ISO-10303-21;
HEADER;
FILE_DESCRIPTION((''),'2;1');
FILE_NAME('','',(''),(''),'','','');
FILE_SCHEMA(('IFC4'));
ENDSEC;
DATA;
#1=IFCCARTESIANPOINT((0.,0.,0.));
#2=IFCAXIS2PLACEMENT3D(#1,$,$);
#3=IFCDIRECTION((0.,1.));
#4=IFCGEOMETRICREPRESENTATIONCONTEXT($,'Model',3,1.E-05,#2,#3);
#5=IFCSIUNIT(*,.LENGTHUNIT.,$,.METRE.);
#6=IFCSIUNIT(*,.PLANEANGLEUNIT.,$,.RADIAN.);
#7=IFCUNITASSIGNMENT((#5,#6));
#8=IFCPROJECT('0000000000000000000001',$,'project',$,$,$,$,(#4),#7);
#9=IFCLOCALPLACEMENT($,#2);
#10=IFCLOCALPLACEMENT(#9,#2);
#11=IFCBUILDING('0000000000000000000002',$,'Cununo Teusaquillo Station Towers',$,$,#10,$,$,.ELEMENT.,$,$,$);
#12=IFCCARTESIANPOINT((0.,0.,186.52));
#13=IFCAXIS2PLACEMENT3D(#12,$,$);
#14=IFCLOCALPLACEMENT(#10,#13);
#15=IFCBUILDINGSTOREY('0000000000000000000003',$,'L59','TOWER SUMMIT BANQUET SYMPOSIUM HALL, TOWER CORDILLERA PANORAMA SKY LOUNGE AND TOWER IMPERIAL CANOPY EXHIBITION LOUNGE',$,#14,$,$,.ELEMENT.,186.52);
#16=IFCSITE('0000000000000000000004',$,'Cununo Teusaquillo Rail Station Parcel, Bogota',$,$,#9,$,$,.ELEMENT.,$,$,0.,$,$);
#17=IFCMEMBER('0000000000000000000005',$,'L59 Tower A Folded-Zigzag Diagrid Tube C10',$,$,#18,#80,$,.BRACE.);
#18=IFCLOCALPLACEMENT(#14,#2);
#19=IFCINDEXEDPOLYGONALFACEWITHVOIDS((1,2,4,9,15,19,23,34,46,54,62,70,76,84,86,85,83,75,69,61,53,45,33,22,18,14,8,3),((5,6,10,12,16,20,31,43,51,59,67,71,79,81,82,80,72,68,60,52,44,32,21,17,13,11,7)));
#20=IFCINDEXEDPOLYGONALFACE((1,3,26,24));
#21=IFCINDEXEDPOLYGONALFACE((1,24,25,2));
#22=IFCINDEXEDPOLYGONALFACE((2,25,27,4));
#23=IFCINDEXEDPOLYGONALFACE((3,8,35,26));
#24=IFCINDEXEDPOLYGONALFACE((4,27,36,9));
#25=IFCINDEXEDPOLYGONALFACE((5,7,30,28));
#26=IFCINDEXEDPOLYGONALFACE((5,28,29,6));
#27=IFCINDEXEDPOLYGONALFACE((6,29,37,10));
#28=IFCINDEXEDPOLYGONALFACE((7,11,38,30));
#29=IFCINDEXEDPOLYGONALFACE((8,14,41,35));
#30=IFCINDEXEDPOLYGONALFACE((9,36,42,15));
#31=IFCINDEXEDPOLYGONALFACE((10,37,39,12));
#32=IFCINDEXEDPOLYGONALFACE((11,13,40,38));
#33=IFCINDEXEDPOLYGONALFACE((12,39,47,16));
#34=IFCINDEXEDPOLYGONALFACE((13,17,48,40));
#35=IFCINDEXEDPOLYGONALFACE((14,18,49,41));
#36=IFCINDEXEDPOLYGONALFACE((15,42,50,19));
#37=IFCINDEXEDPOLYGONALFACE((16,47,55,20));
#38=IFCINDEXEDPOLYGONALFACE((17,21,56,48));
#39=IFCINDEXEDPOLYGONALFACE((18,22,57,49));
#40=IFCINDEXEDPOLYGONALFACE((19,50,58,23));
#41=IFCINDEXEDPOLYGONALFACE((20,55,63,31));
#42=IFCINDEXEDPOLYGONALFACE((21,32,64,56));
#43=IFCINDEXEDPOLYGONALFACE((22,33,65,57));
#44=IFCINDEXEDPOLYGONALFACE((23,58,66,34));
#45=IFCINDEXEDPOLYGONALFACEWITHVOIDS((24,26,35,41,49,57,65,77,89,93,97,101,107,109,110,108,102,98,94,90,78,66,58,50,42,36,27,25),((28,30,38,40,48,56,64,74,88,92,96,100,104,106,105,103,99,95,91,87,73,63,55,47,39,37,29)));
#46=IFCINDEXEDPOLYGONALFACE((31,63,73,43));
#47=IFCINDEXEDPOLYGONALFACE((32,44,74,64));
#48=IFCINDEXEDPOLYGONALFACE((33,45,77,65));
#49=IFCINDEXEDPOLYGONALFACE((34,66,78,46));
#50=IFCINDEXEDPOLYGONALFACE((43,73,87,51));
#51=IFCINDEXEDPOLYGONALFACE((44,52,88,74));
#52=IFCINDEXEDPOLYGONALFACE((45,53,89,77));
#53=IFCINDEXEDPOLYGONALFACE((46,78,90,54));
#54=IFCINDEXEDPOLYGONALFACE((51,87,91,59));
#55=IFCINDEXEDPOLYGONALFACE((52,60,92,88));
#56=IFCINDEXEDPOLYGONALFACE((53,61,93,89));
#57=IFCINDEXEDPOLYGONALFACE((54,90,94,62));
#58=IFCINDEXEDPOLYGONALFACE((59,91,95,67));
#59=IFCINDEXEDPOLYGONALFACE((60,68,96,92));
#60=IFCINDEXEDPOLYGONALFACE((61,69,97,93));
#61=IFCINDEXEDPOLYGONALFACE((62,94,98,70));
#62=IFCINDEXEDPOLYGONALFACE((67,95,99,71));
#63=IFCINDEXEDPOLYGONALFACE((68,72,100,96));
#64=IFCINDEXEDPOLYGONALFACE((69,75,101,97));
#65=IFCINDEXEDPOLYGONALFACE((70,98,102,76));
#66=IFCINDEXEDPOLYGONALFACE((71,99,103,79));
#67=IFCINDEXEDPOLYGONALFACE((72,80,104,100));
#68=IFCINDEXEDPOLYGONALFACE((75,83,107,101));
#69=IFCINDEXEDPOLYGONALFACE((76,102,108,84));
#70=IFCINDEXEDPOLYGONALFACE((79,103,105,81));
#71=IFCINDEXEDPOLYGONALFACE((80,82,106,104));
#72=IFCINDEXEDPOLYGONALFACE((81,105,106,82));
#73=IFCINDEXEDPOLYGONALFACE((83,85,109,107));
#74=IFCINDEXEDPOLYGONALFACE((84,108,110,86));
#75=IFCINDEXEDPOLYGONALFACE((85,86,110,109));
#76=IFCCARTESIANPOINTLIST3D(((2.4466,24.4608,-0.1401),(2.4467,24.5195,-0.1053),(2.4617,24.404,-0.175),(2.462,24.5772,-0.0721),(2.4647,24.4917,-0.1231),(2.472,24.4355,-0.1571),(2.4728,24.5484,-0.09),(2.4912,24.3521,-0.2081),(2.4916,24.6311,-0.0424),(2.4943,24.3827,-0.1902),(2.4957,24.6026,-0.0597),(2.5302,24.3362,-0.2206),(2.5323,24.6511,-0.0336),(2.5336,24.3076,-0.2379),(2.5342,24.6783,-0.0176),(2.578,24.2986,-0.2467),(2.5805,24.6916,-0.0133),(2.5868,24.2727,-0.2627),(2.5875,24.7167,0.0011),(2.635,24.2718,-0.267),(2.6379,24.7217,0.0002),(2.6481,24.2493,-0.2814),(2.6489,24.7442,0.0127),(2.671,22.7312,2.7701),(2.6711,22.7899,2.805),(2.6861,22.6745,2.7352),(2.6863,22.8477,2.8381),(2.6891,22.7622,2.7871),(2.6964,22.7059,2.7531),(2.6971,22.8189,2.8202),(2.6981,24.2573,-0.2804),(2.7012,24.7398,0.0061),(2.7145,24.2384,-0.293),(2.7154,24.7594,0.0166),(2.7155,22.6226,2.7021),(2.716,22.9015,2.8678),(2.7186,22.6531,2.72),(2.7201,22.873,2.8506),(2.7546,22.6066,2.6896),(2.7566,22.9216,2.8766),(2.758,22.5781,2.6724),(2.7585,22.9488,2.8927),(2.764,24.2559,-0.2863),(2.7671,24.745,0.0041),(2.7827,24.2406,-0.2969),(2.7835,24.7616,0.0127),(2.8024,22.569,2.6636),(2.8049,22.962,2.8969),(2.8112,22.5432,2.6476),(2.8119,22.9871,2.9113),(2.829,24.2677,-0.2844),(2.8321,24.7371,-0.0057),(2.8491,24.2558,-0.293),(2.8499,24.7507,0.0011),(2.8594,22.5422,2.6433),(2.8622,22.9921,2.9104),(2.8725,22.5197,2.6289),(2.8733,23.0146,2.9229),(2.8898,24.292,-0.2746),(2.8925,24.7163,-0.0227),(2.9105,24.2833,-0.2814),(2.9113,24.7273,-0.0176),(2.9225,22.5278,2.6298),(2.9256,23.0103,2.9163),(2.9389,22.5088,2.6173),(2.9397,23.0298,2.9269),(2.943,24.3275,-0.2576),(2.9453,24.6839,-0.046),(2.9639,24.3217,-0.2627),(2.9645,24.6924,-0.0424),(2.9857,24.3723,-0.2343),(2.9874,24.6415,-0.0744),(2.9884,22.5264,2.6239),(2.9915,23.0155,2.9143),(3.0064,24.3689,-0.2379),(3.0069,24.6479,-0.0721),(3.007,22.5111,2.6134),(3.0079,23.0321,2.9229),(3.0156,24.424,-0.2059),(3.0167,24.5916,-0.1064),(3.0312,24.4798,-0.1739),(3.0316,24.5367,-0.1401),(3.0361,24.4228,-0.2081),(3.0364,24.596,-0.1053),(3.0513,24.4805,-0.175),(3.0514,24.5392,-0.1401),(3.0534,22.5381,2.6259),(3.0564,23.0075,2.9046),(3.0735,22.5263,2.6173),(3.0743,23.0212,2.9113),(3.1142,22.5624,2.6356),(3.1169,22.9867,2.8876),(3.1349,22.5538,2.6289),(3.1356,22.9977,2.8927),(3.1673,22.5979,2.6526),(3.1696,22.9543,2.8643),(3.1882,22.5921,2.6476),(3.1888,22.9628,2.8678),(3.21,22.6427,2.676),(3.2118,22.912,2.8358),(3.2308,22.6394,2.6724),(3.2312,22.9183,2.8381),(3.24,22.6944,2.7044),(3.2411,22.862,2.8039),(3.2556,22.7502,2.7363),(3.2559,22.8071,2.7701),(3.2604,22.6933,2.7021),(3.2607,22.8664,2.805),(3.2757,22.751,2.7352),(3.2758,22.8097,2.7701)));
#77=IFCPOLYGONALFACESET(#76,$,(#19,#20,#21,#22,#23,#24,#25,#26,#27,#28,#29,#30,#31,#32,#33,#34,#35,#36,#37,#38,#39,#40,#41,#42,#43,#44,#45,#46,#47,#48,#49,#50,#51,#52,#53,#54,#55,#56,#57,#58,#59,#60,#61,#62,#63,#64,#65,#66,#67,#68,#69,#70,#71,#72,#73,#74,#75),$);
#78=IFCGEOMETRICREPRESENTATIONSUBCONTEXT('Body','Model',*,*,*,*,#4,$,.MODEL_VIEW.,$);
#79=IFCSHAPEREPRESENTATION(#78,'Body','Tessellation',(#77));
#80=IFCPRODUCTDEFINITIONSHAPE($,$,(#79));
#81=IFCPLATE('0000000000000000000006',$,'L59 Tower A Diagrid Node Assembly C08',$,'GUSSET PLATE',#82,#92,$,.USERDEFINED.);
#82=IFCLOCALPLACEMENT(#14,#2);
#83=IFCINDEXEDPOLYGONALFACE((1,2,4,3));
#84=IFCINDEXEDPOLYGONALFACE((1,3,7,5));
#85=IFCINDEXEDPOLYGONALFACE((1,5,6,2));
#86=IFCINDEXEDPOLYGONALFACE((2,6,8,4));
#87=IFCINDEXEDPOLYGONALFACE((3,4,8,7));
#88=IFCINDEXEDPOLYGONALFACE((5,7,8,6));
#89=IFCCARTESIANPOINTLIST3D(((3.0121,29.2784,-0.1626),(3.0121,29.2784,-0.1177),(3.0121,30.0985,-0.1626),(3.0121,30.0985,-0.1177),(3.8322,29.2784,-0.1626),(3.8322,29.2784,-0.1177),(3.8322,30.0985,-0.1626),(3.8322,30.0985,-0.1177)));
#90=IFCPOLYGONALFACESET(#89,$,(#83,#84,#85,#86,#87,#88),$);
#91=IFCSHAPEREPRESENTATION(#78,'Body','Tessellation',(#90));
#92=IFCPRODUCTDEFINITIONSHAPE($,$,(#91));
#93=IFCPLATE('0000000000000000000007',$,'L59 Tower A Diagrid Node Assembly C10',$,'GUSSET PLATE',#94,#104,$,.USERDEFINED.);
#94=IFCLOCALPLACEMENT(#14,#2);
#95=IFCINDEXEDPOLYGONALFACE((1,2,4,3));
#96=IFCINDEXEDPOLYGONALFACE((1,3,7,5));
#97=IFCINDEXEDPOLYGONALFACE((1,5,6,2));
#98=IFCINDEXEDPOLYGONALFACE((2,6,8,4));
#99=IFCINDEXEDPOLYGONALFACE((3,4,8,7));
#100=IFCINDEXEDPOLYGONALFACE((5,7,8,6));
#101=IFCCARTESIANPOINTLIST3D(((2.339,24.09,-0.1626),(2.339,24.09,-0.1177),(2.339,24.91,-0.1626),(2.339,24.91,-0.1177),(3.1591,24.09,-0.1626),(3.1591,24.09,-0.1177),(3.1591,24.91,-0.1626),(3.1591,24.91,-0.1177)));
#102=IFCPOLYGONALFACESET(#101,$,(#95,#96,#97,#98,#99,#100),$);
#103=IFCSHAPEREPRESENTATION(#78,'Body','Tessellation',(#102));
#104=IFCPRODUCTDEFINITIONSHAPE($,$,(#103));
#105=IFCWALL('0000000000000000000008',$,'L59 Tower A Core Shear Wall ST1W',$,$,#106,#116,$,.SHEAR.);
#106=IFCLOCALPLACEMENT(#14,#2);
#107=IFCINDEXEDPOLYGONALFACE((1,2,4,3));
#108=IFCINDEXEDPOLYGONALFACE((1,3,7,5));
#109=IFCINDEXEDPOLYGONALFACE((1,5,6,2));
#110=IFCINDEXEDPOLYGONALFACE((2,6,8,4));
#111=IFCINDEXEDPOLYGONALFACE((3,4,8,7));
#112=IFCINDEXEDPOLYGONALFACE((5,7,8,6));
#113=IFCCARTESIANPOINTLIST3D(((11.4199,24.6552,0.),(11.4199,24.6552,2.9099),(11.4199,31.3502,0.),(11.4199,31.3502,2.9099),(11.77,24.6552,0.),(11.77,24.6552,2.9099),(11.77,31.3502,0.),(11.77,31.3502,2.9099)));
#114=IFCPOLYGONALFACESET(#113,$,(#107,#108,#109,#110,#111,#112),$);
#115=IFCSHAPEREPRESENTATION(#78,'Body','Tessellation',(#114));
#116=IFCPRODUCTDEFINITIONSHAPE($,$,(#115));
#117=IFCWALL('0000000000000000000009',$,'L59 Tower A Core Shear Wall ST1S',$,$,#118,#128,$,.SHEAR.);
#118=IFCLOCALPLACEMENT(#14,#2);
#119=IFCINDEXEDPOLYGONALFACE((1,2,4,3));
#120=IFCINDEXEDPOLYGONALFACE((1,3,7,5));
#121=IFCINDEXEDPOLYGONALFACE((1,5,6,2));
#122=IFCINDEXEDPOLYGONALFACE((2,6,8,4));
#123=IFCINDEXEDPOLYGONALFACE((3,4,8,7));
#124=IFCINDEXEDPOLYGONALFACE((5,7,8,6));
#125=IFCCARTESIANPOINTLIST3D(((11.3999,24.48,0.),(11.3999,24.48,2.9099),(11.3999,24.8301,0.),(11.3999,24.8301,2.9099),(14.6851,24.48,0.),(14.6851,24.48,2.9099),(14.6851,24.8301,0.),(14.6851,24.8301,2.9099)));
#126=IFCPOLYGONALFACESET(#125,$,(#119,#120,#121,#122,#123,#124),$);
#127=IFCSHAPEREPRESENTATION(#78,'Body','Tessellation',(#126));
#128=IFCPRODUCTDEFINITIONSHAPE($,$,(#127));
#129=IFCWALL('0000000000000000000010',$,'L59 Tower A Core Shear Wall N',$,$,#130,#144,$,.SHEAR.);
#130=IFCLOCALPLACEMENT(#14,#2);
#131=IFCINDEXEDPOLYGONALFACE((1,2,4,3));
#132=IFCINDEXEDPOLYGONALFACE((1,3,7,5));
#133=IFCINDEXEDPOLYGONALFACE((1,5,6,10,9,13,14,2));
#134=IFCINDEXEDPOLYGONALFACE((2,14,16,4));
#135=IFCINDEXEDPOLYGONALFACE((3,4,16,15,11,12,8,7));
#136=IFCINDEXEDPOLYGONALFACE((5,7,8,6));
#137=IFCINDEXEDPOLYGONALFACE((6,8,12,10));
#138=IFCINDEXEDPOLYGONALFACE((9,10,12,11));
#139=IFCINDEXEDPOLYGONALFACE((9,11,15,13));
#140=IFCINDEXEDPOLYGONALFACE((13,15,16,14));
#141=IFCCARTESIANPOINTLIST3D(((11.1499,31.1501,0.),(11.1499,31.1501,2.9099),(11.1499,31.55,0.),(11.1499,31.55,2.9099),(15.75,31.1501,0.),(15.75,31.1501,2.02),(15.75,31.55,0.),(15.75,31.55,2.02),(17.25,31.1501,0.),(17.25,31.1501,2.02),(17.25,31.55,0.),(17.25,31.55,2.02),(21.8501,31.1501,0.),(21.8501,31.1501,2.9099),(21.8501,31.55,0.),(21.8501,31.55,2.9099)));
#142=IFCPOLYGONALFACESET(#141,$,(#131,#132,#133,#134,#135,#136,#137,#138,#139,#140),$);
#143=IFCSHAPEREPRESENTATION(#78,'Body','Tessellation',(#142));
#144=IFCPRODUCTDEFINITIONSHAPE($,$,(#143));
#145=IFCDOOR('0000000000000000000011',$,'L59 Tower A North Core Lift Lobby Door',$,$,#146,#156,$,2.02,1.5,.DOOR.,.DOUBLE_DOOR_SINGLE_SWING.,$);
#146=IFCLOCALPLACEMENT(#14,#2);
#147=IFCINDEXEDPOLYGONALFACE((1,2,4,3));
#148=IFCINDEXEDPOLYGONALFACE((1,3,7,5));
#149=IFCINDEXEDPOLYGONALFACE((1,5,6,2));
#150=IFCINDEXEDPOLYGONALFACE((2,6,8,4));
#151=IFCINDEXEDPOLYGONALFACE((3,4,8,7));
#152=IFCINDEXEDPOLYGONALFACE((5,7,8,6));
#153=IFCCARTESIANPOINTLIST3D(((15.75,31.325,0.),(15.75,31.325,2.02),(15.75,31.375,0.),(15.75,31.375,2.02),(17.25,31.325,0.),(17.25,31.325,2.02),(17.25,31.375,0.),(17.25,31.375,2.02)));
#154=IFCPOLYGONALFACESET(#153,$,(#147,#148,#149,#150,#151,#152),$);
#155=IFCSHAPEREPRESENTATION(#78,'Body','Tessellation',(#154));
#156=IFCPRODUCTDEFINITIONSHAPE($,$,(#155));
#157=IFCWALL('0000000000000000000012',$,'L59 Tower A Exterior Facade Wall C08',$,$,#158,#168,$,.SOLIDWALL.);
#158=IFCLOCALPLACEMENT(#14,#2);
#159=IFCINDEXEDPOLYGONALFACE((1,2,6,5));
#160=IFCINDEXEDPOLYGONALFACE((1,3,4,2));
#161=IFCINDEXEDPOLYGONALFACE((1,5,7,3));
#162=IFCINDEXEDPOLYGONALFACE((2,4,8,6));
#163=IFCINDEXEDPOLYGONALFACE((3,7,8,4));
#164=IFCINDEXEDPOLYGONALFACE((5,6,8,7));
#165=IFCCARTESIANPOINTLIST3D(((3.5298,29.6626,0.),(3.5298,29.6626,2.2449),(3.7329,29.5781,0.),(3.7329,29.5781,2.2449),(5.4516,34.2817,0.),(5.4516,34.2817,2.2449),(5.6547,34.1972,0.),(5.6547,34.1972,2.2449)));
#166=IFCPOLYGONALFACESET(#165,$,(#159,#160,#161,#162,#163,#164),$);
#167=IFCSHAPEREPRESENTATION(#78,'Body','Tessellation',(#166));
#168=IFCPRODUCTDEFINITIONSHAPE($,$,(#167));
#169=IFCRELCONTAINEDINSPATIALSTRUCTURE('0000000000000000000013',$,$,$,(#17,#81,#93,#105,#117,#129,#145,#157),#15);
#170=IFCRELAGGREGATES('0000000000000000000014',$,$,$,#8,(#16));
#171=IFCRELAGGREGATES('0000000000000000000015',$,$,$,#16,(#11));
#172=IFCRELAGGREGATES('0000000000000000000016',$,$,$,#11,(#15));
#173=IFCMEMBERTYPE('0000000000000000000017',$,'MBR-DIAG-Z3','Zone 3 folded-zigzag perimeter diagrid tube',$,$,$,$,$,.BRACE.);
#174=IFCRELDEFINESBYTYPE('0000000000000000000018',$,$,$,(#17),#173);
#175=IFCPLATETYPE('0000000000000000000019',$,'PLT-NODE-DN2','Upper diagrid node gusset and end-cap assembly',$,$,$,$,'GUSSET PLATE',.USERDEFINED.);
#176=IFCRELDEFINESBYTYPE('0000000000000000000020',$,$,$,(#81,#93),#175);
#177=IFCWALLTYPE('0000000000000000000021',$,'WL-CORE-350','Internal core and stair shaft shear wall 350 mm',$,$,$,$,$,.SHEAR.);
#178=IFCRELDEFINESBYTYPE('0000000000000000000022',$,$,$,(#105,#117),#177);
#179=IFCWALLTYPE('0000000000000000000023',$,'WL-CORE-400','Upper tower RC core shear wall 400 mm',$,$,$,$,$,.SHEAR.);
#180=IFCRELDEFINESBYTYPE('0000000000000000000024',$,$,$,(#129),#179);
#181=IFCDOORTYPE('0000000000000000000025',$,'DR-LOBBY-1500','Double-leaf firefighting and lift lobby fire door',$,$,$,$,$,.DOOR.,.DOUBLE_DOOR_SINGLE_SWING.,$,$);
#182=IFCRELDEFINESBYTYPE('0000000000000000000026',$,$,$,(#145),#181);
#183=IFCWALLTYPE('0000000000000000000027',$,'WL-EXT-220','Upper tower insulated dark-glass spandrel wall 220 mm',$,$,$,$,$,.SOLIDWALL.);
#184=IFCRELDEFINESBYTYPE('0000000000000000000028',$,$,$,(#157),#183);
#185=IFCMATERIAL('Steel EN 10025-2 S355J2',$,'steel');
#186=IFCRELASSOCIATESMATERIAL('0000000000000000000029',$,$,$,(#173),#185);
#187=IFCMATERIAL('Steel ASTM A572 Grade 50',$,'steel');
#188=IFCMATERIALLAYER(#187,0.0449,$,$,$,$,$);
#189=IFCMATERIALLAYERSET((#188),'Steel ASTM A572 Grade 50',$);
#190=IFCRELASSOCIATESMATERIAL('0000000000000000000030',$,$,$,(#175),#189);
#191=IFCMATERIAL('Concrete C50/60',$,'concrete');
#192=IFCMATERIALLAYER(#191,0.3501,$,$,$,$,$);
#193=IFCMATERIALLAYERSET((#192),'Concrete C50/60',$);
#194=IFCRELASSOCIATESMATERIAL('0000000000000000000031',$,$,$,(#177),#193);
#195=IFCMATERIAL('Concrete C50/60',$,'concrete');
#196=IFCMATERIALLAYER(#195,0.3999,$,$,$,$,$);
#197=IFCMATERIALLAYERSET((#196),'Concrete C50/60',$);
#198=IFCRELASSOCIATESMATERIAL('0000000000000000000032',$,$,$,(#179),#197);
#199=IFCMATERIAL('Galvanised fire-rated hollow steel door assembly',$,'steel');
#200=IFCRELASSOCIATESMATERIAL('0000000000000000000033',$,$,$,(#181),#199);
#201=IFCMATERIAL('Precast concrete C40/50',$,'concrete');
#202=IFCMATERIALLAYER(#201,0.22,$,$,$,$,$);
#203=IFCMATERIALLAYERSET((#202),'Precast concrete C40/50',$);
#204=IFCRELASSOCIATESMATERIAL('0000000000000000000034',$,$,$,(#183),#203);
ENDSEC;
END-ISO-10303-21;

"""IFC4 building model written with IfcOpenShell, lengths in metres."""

from ifc_helpers import new_model, si_unit, direction, frame, frame_2d, origin, origin_2d, place, context, subcontext, project, spatial, rectangle, hollow_circle, extrude, source, transform, mapped, material, layer, layer_set, material_profile, profile_set, type_object, element, fill, save


model = new_model("IFC4")

# Units and contexts
model_context = context("Model", 3, precision=1e-05, world=origin(), true_north=direction((0.0, 1.0)))
body_context = subcontext(model_context, "Body", "Model", "MODEL_VIEW")
ifc_project = project(units=[si_unit("LENGTHUNIT", "METRE"), si_unit("PLANEANGLEUNIT", "RADIAN")], contexts=[model_context])

# Site, building, storey
site_placement = place(None, origin())
site = spatial("IfcSite", under=ifc_project, at=site_placement, Name="Cununo Teusaquillo Rail Station Parcel, Bogota", CompositionType="ELEMENT", RefElevation=0.0)
building_placement = place(site_placement, origin())
building = spatial("IfcBuilding", under=site, at=building_placement, Name="Cununo Teusaquillo Station Towers", CompositionType="ELEMENT")
storey_placement = place(building_placement, frame((0.0, 0.0, 186.52)))
storey = spatial("IfcBuildingStorey", under=building, at=storey_placement, Name="L59", Description="TOWER SUMMIT BANQUET SYMPOSIUM HALL, TOWER CORDILLERA PANORAMA SKY LOUNGE AND TOWER IMPERIAL CANOPY EXHIBITION LOUNGE", CompositionType="ELEMENT", Elevation=186.52)

# Member
ifc_material_1 = material(Name="Steel EN 10025-2 S355J2", Category="steel")
ifc_material_profile_1 = material_profile(ifc_material_1, hollow_circle(Radius=0.3049, WallThickness=0.02, at=origin_2d()), Name="CHS 610x20")
ifc_profile_set_1 = profile_set([ifc_material_profile_1], Name="Steel EN 10025-2 S355J2")
member_type = type_object("IfcMemberType", Name="MBR-DIAG-Z3", Description="Zone 3 folded-zigzag perimeter diagrid tube", PredefinedType="BRACE", material=ifc_profile_set_1)
member_1_placement = place(storey_placement, frame((2.749, 24.5, -0.1401), z_axis=(0.066132, -0.509767, 0.857767), x_axis=(0.99169, 0.128651, 0.0)))
element("IfcMember", 1, at=member_1_placement, inside=storey, type_object=member_type, Name="L59 Tower A Folded-Zigzag Diagrid Tube C10", PredefinedType="BRACE", context=body_context, shape_type="SweptSolid", body=[
    extrude(hollow_circle(Radius=0.3049, WallThickness=0.02, at=origin_2d()), origin(), (0.0, 0.0, 1.0), 3.3928),
])

# Plates
ifc_material_2 = material(Name="Steel ASTM A572 Grade 50", Category="steel")
ifc_layer_1 = layer(ifc_material_2, 0.0449)
ifc_layer_set_1 = layer_set([ifc_layer_1], Name="Steel ASTM A572 Grade 50")
plate_type = type_object("IfcPlateType", Name="PLT-NODE-DN2", Description="Upper diagrid node gusset and end-cap assembly", ElementType="GUSSET PLATE", PredefinedType="USERDEFINED", material=ifc_layer_set_1)
shared_shape_1 = source(origin(), body_context, "Body", "SweptSolid", [
    extrude(rectangle(XDim=0.8201, YDim=0.8201, at=origin_2d()), origin(), (0.0, 0.0, 1.0), 0.0449),
])
for number, where, z_axis, x_axis, name in (
    (2, (3.4221, 29.6885, -0.1626), (0.0, 0.0, 1.0), (1.0, 0.0, 0.0), "L59 Tower A Diagrid Node Assembly C08"),
    (3, (2.749, 24.5, -0.1626), (0.0, 0.0, 1.0), (1.0, 0.0, 0.0), "L59 Tower A Diagrid Node Assembly C10"),
):
    element("IfcPlate", number, at=place(storey_placement, frame(where, z_axis=z_axis, x_axis=x_axis)), inside=storey, type_object=plate_type, Name=name, ObjectType="GUSSET PLATE", PredefinedType="USERDEFINED", context=body_context, shape_type="MappedRepresentation", body=[
        mapped(shared_shape_1, transform((0.0, 0.0, 0.0), x_axis=(1.0, 0.0, 0.0), y_axis=(0.0, 1.0, 0.0), z_axis=(0.0, 0.0, 1.0), scale=1.0)),
    ])

# Walls
ifc_material_3 = material(Name="Concrete C50/60", Category="concrete")
ifc_layer_2 = layer(ifc_material_3, 0.3501)
ifc_layer_set_2 = layer_set([ifc_layer_2], Name="Concrete C50/60")
wall_type_1 = type_object("IfcWallType", Name="WL-CORE-350", Description="Internal core and stair shaft shear wall 350 mm", PredefinedType="SHEAR", material=ifc_layer_set_2)
wall_1_placement = place(storey_placement, frame((11.595, 24.655, 0.0), z_axis=(0.0, 0.0, 1.0), x_axis=(0.0, 1.0, 0.0)))
element("IfcWall", 4, at=wall_1_placement, inside=storey, type_object=wall_type_1, Name="L59 Tower A Core Shear Wall ST1W", PredefinedType="SHEAR", context=body_context, shape_type="SweptSolid", body=[
    extrude(rectangle(XDim=6.6951, YDim=0.3501, at=frame_2d((3.3477, 0.0))), origin(), (0.0, 0.0, 1.0), 2.9099),
])
wall_2_placement = place(storey_placement, frame((11.3999, 24.655, 0.0), z_axis=(0.0, 0.0, 1.0), x_axis=(1.0, 0.0, 0.0)))
element("IfcWall", 5, at=wall_2_placement, inside=storey, type_object=wall_type_1, Name="L59 Tower A Core Shear Wall ST1S", PredefinedType="SHEAR", context=body_context, shape_type="SweptSolid", body=[
    extrude(rectangle(XDim=3.2852, YDim=0.3501, at=frame_2d((1.6426, 0.0))), origin(), (0.0, 0.0, 1.0), 2.9099),
])

# Wall, opening, door
ifc_material_4 = material(Name="Concrete C50/60", Category="concrete")
ifc_layer_3 = layer(ifc_material_4, 0.3999)
ifc_layer_set_3 = layer_set([ifc_layer_3], Name="Concrete C50/60")
wall_type_2 = type_object("IfcWallType", Name="WL-CORE-400", Description="Upper tower RC core shear wall 400 mm", PredefinedType="SHEAR", material=ifc_layer_set_3)
wall_3_placement = place(storey_placement, frame((11.1499, 31.3501, 0.0), z_axis=(0.0, 0.0, 1.0), x_axis=(1.0, 0.0, 0.0)))
wall_3 = element("IfcWall", 6, at=wall_3_placement, inside=storey, type_object=wall_type_2, Name="L59 Tower A Core Shear Wall N", PredefinedType="SHEAR", context=body_context, shape_type="SweptSolid", body=[
    extrude(rectangle(XDim=10.7002, YDim=0.3999, at=frame_2d((5.3501, 0.0))), origin(), (0.0, 0.0, 1.0), 2.9099),
])
shared_shape_2 = source(origin(), body_context, "Body", "SweptSolid", [
    extrude(rectangle(XDim=1.5, YDim=2.02, at=frame_2d((0.75, 1.01))), frame((0.0, 0.21, 0.0), z_axis=(0.0, -1.0, 0.0), x_axis=(1.0, 0.0, 0.0)), (0.0, 0.0, 1.0), 0.4199),
])
opening_1_placement = place(wall_3_placement, frame((4.6001, 0.0, 0.0)))
opening_1 = element("IfcOpeningElement", 7, at=opening_1_placement, cuts=wall_3, PredefinedType="OPENING", context=body_context, shape_type="MappedRepresentation", body=[
    mapped(shared_shape_2, transform((0.0, 0.0, 0.0), x_axis=(1.0, 0.0, 0.0), y_axis=(0.0, 1.0, 0.0), z_axis=(0.0, 0.0, 1.0), scale=1.0)),
])
ifc_material_5 = material(Name="Galvanised fire-rated hollow steel door assembly", Category="steel")
door_type = type_object("IfcDoorType", Name="DR-LOBBY-1500", Description="Double-leaf firefighting and lift lobby fire door", OperationType="DOUBLE_DOOR_SINGLE_SWING", PredefinedType="DOOR", material=ifc_material_5)
shared_shape_3 = source(origin(), body_context, "Body", "SweptSolid", [
    extrude(rectangle(XDim=1.5, YDim=2.02, at=frame_2d((0.75, 1.01))), frame((0.0, 0.0249, 0.0), z_axis=(0.0, -1.0, 0.0), x_axis=(1.0, 0.0, 0.0)), (0.0, 0.0, 1.0), 0.05),
])
door_placement = place(opening_1_placement, origin())
door = element("IfcDoor", 8, at=door_placement, inside=storey, type_object=door_type, Name="L59 Tower A North Core Lift Lobby Door", OperationType="DOUBLE_DOOR_SINGLE_SWING", OverallHeight=2.02, OverallWidth=1.5, PredefinedType="DOOR", context=body_context, shape_type="MappedRepresentation", body=[
    mapped(shared_shape_3, transform((0.0, 0.0, 0.0), x_axis=(1.0, 0.0, 0.0), y_axis=(0.0, 1.0, 0.0), z_axis=(0.0, 0.0, 1.0), scale=1.0)),
])
fill(opening_1, door)

# Wall
ifc_material_6 = material(Name="Precast concrete C40/50", Category="concrete")
ifc_layer_4 = layer(ifc_material_6, 0.22)
ifc_layer_set_4 = layer_set([ifc_layer_4], Name="Precast concrete C40/50")
wall_type_3 = type_object("IfcWallType", Name="WL-EXT-220", Description="Upper tower insulated dark-glass spandrel wall 220 mm", PredefinedType="SOLIDWALL", material=ifc_layer_set_4)
wall_4_placement = place(storey_placement, frame((3.6313, 29.6204, 0.0), z_axis=(0.0, 0.0, 1.0), x_axis=(0.384144, 0.923273, 0.0)))
element("IfcWall", 9, at=wall_4_placement, inside=storey, type_object=wall_type_3, Name="L59 Tower A Exterior Facade Wall C08", PredefinedType="SOLIDWALL", context=body_context, shape_type="SweptSolid", body=[
    extrude(rectangle(XDim=5.0029, YDim=0.22, at=frame_2d((2.5015, 0.0))), origin(), (0.0, 0.0, 1.0), 2.2449),
])

save(model, "model.ifc")
